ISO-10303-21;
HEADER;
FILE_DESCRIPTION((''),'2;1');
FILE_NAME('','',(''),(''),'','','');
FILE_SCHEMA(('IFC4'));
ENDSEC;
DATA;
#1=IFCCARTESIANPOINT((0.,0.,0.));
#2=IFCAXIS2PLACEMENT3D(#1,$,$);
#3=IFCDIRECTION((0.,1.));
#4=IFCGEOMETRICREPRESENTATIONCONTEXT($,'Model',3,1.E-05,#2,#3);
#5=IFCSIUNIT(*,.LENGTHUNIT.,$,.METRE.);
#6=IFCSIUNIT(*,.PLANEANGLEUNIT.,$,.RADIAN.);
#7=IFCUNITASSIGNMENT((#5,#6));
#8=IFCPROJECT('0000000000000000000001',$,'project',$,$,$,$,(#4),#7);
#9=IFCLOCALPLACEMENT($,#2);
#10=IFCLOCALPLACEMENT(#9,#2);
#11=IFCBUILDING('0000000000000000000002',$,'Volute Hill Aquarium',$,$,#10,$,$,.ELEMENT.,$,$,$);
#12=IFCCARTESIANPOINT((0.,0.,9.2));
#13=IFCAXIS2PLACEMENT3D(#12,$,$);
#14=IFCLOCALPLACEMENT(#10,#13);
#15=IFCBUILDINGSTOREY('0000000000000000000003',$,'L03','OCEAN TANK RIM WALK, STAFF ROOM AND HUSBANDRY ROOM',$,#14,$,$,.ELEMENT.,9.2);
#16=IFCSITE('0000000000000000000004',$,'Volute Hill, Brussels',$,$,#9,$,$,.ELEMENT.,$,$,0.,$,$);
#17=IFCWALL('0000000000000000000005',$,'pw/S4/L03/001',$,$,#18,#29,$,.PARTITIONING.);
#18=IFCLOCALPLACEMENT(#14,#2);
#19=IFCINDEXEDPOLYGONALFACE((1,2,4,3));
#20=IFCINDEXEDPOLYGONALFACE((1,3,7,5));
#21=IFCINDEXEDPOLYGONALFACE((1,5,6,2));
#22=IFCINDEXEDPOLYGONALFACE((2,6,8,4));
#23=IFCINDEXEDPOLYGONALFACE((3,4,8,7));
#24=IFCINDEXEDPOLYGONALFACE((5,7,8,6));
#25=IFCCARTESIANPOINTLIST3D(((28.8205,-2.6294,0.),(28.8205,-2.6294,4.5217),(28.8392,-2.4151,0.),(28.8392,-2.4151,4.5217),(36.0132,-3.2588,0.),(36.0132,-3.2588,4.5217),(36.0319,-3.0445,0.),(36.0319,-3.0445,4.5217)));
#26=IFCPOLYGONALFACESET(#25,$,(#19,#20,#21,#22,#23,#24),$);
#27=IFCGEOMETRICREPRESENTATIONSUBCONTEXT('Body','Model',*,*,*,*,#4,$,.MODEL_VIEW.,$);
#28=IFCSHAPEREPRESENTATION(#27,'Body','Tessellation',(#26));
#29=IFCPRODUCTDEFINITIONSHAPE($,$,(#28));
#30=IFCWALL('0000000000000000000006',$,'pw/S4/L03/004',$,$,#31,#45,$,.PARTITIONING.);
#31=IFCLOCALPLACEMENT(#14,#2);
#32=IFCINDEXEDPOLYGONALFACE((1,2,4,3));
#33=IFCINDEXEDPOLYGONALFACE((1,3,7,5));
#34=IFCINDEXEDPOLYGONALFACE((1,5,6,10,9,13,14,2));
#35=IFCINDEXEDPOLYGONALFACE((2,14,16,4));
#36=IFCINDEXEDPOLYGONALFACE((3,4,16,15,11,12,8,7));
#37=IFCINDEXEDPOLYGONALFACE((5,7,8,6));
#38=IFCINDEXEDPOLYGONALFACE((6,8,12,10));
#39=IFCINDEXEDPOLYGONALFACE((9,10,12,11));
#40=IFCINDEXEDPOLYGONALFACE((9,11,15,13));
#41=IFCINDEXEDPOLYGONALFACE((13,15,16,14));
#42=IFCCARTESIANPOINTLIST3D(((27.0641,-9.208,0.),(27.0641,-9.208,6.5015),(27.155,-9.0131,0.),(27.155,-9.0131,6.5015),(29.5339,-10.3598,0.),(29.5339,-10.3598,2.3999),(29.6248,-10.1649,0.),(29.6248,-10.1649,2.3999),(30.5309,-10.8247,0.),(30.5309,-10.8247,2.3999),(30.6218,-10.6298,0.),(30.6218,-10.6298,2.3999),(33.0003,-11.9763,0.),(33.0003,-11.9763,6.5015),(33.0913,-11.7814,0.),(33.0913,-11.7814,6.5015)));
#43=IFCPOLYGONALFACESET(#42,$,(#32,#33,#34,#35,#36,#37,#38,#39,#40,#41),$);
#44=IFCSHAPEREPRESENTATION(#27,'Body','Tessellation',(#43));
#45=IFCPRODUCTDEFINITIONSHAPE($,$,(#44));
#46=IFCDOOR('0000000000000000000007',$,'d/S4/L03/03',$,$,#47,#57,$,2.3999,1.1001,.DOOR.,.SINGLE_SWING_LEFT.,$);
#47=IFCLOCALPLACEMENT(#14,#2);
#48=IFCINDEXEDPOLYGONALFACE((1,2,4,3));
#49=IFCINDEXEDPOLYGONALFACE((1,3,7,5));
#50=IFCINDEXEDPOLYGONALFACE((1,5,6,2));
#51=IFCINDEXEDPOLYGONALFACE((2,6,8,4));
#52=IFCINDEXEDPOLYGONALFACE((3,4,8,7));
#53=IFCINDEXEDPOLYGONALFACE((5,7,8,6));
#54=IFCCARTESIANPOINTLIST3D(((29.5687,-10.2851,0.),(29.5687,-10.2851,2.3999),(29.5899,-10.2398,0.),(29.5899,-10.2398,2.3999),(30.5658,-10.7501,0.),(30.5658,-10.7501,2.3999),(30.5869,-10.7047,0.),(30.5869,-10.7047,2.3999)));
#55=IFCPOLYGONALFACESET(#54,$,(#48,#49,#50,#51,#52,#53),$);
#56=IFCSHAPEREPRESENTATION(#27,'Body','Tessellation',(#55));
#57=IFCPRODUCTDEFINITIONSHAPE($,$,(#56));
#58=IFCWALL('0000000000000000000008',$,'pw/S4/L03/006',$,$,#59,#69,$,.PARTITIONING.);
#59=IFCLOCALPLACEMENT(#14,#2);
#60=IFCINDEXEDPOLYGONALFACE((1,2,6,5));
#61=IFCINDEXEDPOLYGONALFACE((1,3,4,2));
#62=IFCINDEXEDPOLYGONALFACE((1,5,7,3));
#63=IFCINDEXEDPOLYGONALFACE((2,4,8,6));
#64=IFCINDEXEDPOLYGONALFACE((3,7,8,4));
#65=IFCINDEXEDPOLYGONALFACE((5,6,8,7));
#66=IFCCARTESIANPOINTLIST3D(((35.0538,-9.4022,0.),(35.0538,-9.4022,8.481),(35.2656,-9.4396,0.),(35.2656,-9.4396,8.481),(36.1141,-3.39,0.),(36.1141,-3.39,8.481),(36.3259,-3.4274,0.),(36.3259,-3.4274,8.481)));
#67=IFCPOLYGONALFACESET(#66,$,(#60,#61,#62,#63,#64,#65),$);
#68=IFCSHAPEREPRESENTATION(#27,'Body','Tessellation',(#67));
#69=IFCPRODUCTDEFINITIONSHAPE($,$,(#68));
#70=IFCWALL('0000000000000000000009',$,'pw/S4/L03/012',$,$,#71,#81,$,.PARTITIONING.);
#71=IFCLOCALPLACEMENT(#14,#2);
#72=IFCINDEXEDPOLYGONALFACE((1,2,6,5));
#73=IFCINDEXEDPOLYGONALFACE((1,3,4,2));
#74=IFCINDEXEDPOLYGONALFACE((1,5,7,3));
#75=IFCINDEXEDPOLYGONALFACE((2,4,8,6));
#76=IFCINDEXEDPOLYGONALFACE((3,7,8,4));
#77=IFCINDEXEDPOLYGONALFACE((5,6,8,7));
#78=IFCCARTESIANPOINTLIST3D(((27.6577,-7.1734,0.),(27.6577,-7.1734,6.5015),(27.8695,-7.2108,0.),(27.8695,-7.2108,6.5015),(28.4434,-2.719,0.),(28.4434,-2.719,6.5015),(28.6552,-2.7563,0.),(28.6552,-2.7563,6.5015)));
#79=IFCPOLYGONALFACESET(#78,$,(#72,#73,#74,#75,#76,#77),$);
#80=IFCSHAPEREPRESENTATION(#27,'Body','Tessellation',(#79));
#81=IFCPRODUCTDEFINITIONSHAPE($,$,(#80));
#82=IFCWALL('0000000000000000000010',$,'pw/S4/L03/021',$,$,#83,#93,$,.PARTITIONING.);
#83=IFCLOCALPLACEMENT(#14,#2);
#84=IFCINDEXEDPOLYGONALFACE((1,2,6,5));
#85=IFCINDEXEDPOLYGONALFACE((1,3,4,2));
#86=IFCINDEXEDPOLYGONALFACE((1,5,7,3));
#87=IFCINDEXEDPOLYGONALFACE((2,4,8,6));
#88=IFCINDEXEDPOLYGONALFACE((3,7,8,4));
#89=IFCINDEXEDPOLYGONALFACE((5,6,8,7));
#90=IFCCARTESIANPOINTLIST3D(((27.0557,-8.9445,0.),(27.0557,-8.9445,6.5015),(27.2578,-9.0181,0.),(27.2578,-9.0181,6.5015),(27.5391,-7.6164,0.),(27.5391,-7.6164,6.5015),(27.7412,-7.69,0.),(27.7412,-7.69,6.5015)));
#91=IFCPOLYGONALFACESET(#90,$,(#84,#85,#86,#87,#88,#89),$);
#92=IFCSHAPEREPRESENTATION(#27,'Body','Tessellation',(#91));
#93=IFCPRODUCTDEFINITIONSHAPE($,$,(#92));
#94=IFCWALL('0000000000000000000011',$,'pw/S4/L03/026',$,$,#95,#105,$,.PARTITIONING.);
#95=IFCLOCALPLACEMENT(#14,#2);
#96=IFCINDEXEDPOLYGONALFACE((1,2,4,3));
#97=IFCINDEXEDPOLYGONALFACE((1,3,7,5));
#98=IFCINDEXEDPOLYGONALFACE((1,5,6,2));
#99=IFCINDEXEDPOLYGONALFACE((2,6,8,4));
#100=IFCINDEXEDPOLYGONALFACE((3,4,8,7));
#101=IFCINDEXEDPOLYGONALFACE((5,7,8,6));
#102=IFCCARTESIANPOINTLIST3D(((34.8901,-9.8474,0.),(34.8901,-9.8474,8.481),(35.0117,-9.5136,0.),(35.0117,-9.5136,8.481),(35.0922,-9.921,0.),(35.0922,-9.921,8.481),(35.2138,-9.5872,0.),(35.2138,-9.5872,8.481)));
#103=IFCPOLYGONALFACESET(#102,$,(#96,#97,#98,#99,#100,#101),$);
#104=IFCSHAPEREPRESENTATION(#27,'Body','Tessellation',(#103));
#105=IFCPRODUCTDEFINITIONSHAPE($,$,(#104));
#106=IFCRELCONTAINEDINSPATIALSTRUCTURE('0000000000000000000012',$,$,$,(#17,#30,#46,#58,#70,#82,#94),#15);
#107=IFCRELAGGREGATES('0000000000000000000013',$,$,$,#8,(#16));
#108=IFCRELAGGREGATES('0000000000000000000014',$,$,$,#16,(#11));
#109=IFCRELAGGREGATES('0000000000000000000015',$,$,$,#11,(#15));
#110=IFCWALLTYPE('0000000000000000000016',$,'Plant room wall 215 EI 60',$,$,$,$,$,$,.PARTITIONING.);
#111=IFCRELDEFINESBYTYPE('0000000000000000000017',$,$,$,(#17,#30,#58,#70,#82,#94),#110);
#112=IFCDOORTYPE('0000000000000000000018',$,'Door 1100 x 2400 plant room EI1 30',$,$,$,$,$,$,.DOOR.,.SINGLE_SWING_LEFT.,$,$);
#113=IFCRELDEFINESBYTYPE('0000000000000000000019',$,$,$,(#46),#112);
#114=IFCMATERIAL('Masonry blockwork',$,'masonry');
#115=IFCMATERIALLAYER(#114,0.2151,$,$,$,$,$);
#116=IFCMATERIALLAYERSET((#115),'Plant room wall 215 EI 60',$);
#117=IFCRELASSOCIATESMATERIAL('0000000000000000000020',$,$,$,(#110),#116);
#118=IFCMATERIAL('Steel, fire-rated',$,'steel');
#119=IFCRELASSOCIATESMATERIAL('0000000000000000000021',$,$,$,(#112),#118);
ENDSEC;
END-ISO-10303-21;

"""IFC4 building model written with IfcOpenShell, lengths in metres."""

from ifc_helpers import new_model, si_unit, direction, frame, frame_2d, origin, place, context, subcontext, project, spatial, rectangle, extrude, material, layer, layer_set, type_object, element, fill, save


model = new_model("IFC4")

# Units and contexts
model_context = context("Model", 3, precision=1e-05, world=origin(), true_north=direction((0.0, 1.0)))
body_context = subcontext(model_context, "Body", "Model", "MODEL_VIEW")
ifc_project = project(units=[si_unit("LENGTHUNIT", "METRE"), si_unit("PLANEANGLEUNIT", "RADIAN")], contexts=[model_context])

# Site, building, storey
site_placement = place(None, origin())
site = spatial("IfcSite", under=ifc_project, at=site_placement, Name="Volute Hill, Brussels", CompositionType="ELEMENT", RefElevation=0.0)
building_placement = place(site_placement, origin())
building = spatial("IfcBuilding", under=site, at=building_placement, Name="Volute Hill Aquarium", CompositionType="ELEMENT")
storey_placement = place(building_placement, frame((0.0, 0.0, 9.2)))
storey = spatial("IfcBuildingStorey", under=building, at=storey_placement, Name="L03", Description="OCEAN TANK RIM WALK, STAFF ROOM AND HUSBANDRY ROOM", CompositionType="ELEMENT", Elevation=9.2)

# Wall
ifc_material_1 = material(Name="Masonry blockwork", Category="masonry")
ifc_layer_1 = layer(ifc_material_1, 0.2151)
ifc_layer_set_1 = layer_set([ifc_layer_1], Name="Plant room wall 215 EI 60")
wall_type_1 = type_object("IfcWallType", Name="Plant room wall 215 EI 60", PredefinedType="PARTITIONING", material=ifc_layer_set_1)
wall_1_placement = place(storey_placement, frame((28.8298, -2.5222, 0.0), z_axis=(0.0, 0.0, 1.0), x_axis=(0.996193, -0.087172, 0.0)))
element("IfcWall", 1, at=wall_1_placement, inside=storey, type_object=wall_type_1, Name="pw/S4/L03/001", PredefinedType="PARTITIONING", context=body_context, shape_type="SweptSolid", body=[
    extrude(rectangle(XDim=7.2202, YDim=0.2151, at=frame_2d((3.6101, 0.0))), origin(), (0.0, 0.0, 1.0), 4.5217),
])

# Wall, opening, door
wall_2_placement = place(storey_placement, frame((27.1096, -9.1106, 0.0), z_axis=(0.0, 0.0, 1.0), x_axis=(0.906297, -0.422641, 0.0)))
wall_2 = element("IfcWall", 2, at=wall_2_placement, inside=storey, type_object=wall_type_1, Name="pw/S4/L03/004", PredefinedType="PARTITIONING", context=body_context, shape_type="SweptSolid", body=[
    extrude(rectangle(XDim=6.55, YDim=0.2151, at=frame_2d((3.2749, 0.0))), origin(), (0.0, 0.0, 1.0), 6.5015),
])
opening_placement = place(wall_2_placement, frame((2.7251, 0.0, 0.0)))
opening = element("IfcOpeningElement", 3, at=opening_placement, cuts=wall_2, PredefinedType="OPENING", context=body_context, shape_type="SweptSolid", body=[
    extrude(rectangle(XDim=1.1001, YDim=2.3999, at=frame_2d((0.55, 1.2))), frame((0.0, 0.1174, 0.0), z_axis=(0.0, -1.0, 0.0), x_axis=(1.0, 0.0, 0.0)), (0.0, 0.0, 1.0), 0.2351),
])
ifc_material_2 = material(Name="Steel, fire-rated", Category="steel")
door_type = type_object("IfcDoorType", Name="Door 1100 x 2400 plant room EI1 30", OperationType="SINGLE_SWING_LEFT", PredefinedType="DOOR", material=ifc_material_2)
door_placement = place(opening_placement, origin())
door = element("IfcDoor", 4, at=door_placement, inside=storey, type_object=door_type, Name="d/S4/L03/03", OperationType="SINGLE_SWING_LEFT", OverallHeight=2.3999, OverallWidth=1.1001, PredefinedType="DOOR", context=body_context, shape_type="SweptSolid", body=[
    extrude(rectangle(XDim=1.1001, YDim=2.3999, at=frame_2d((0.55, 1.2))), frame((0.0, 0.0249, 0.0), z_axis=(0.0, -1.0, 0.0), x_axis=(1.0, 0.0, 0.0)), (0.0, 0.0, 1.0), 0.05),
])
fill(opening, door)

# Walls
wall_3_placement = place(storey_placement, frame((36.22, -3.4087, 0.0), z_axis=(0.0, 0.0, 1.0), x_axis=(-0.173678, -0.984802, 0.0)))
element("IfcWall", 5, at=wall_3_placement, inside=storey, type_object=wall_type_1, Name="pw/S4/L03/006", PredefinedType="PARTITIONING", context=body_context, shape_type="SweptSolid", body=[
    extrude(rectangle(XDim=6.105, YDim=0.2151, at=frame_2d((3.0525, 0.0))), origin(), (0.0, 0.0, 1.0), 8.481),
])
wall_4_placement = place(storey_placement, frame((28.5493, -2.7375, 0.0), z_axis=(0.0, 0.0, 1.0), x_axis=(-0.173696, -0.984799, 0.0)))
element("IfcWall", 6, at=wall_4_placement, inside=storey, type_object=wall_type_1, Name="pw/S4/L03/012", PredefinedType="PARTITIONING", context=body_context, shape_type="SweptSolid", body=[
    extrude(rectangle(XDim=4.5232, YDim=0.2151, at=frame_2d((2.2617, 0.0))), origin(), (0.0, 0.0, 1.0), 6.5015),
])
wall_5_placement = place(storey_placement, frame((27.6401, -7.6533, 0.0), z_axis=(0.0, 0.0, 1.0), x_axis=(-0.34202, -0.939693, 0.0)))
element("IfcWall", 7, at=wall_5_placement, inside=storey, type_object=wall_type_1, Name="pw/S4/L03/021", PredefinedType="PARTITIONING", context=body_context, shape_type="SweptSolid", body=[
    extrude(rectangle(XDim=1.4133, YDim=0.2151, at=frame_2d((0.7065, 0.0))), origin(), (0.0, 0.0, 1.0), 6.5015),
])
wall_6_placement = place(storey_placement, frame((35.1128, -9.5503, 0.0), z_axis=(0.0, 0.0, 1.0), x_axis=(-0.342295, -0.939593, 0.0)))
element("IfcWall", 8, at=wall_6_placement, inside=storey, type_object=wall_type_1, Name="pw/S4/L03/026", PredefinedType="PARTITIONING", context=body_context, shape_type="SweptSolid", body=[
    extrude(rectangle(XDim=0.3552, YDim=0.2151, at=frame_2d((0.1777, 0.0))), origin(), (0.0, 0.0, 1.0), 8.481),
])

save(model, "model.ifc")
